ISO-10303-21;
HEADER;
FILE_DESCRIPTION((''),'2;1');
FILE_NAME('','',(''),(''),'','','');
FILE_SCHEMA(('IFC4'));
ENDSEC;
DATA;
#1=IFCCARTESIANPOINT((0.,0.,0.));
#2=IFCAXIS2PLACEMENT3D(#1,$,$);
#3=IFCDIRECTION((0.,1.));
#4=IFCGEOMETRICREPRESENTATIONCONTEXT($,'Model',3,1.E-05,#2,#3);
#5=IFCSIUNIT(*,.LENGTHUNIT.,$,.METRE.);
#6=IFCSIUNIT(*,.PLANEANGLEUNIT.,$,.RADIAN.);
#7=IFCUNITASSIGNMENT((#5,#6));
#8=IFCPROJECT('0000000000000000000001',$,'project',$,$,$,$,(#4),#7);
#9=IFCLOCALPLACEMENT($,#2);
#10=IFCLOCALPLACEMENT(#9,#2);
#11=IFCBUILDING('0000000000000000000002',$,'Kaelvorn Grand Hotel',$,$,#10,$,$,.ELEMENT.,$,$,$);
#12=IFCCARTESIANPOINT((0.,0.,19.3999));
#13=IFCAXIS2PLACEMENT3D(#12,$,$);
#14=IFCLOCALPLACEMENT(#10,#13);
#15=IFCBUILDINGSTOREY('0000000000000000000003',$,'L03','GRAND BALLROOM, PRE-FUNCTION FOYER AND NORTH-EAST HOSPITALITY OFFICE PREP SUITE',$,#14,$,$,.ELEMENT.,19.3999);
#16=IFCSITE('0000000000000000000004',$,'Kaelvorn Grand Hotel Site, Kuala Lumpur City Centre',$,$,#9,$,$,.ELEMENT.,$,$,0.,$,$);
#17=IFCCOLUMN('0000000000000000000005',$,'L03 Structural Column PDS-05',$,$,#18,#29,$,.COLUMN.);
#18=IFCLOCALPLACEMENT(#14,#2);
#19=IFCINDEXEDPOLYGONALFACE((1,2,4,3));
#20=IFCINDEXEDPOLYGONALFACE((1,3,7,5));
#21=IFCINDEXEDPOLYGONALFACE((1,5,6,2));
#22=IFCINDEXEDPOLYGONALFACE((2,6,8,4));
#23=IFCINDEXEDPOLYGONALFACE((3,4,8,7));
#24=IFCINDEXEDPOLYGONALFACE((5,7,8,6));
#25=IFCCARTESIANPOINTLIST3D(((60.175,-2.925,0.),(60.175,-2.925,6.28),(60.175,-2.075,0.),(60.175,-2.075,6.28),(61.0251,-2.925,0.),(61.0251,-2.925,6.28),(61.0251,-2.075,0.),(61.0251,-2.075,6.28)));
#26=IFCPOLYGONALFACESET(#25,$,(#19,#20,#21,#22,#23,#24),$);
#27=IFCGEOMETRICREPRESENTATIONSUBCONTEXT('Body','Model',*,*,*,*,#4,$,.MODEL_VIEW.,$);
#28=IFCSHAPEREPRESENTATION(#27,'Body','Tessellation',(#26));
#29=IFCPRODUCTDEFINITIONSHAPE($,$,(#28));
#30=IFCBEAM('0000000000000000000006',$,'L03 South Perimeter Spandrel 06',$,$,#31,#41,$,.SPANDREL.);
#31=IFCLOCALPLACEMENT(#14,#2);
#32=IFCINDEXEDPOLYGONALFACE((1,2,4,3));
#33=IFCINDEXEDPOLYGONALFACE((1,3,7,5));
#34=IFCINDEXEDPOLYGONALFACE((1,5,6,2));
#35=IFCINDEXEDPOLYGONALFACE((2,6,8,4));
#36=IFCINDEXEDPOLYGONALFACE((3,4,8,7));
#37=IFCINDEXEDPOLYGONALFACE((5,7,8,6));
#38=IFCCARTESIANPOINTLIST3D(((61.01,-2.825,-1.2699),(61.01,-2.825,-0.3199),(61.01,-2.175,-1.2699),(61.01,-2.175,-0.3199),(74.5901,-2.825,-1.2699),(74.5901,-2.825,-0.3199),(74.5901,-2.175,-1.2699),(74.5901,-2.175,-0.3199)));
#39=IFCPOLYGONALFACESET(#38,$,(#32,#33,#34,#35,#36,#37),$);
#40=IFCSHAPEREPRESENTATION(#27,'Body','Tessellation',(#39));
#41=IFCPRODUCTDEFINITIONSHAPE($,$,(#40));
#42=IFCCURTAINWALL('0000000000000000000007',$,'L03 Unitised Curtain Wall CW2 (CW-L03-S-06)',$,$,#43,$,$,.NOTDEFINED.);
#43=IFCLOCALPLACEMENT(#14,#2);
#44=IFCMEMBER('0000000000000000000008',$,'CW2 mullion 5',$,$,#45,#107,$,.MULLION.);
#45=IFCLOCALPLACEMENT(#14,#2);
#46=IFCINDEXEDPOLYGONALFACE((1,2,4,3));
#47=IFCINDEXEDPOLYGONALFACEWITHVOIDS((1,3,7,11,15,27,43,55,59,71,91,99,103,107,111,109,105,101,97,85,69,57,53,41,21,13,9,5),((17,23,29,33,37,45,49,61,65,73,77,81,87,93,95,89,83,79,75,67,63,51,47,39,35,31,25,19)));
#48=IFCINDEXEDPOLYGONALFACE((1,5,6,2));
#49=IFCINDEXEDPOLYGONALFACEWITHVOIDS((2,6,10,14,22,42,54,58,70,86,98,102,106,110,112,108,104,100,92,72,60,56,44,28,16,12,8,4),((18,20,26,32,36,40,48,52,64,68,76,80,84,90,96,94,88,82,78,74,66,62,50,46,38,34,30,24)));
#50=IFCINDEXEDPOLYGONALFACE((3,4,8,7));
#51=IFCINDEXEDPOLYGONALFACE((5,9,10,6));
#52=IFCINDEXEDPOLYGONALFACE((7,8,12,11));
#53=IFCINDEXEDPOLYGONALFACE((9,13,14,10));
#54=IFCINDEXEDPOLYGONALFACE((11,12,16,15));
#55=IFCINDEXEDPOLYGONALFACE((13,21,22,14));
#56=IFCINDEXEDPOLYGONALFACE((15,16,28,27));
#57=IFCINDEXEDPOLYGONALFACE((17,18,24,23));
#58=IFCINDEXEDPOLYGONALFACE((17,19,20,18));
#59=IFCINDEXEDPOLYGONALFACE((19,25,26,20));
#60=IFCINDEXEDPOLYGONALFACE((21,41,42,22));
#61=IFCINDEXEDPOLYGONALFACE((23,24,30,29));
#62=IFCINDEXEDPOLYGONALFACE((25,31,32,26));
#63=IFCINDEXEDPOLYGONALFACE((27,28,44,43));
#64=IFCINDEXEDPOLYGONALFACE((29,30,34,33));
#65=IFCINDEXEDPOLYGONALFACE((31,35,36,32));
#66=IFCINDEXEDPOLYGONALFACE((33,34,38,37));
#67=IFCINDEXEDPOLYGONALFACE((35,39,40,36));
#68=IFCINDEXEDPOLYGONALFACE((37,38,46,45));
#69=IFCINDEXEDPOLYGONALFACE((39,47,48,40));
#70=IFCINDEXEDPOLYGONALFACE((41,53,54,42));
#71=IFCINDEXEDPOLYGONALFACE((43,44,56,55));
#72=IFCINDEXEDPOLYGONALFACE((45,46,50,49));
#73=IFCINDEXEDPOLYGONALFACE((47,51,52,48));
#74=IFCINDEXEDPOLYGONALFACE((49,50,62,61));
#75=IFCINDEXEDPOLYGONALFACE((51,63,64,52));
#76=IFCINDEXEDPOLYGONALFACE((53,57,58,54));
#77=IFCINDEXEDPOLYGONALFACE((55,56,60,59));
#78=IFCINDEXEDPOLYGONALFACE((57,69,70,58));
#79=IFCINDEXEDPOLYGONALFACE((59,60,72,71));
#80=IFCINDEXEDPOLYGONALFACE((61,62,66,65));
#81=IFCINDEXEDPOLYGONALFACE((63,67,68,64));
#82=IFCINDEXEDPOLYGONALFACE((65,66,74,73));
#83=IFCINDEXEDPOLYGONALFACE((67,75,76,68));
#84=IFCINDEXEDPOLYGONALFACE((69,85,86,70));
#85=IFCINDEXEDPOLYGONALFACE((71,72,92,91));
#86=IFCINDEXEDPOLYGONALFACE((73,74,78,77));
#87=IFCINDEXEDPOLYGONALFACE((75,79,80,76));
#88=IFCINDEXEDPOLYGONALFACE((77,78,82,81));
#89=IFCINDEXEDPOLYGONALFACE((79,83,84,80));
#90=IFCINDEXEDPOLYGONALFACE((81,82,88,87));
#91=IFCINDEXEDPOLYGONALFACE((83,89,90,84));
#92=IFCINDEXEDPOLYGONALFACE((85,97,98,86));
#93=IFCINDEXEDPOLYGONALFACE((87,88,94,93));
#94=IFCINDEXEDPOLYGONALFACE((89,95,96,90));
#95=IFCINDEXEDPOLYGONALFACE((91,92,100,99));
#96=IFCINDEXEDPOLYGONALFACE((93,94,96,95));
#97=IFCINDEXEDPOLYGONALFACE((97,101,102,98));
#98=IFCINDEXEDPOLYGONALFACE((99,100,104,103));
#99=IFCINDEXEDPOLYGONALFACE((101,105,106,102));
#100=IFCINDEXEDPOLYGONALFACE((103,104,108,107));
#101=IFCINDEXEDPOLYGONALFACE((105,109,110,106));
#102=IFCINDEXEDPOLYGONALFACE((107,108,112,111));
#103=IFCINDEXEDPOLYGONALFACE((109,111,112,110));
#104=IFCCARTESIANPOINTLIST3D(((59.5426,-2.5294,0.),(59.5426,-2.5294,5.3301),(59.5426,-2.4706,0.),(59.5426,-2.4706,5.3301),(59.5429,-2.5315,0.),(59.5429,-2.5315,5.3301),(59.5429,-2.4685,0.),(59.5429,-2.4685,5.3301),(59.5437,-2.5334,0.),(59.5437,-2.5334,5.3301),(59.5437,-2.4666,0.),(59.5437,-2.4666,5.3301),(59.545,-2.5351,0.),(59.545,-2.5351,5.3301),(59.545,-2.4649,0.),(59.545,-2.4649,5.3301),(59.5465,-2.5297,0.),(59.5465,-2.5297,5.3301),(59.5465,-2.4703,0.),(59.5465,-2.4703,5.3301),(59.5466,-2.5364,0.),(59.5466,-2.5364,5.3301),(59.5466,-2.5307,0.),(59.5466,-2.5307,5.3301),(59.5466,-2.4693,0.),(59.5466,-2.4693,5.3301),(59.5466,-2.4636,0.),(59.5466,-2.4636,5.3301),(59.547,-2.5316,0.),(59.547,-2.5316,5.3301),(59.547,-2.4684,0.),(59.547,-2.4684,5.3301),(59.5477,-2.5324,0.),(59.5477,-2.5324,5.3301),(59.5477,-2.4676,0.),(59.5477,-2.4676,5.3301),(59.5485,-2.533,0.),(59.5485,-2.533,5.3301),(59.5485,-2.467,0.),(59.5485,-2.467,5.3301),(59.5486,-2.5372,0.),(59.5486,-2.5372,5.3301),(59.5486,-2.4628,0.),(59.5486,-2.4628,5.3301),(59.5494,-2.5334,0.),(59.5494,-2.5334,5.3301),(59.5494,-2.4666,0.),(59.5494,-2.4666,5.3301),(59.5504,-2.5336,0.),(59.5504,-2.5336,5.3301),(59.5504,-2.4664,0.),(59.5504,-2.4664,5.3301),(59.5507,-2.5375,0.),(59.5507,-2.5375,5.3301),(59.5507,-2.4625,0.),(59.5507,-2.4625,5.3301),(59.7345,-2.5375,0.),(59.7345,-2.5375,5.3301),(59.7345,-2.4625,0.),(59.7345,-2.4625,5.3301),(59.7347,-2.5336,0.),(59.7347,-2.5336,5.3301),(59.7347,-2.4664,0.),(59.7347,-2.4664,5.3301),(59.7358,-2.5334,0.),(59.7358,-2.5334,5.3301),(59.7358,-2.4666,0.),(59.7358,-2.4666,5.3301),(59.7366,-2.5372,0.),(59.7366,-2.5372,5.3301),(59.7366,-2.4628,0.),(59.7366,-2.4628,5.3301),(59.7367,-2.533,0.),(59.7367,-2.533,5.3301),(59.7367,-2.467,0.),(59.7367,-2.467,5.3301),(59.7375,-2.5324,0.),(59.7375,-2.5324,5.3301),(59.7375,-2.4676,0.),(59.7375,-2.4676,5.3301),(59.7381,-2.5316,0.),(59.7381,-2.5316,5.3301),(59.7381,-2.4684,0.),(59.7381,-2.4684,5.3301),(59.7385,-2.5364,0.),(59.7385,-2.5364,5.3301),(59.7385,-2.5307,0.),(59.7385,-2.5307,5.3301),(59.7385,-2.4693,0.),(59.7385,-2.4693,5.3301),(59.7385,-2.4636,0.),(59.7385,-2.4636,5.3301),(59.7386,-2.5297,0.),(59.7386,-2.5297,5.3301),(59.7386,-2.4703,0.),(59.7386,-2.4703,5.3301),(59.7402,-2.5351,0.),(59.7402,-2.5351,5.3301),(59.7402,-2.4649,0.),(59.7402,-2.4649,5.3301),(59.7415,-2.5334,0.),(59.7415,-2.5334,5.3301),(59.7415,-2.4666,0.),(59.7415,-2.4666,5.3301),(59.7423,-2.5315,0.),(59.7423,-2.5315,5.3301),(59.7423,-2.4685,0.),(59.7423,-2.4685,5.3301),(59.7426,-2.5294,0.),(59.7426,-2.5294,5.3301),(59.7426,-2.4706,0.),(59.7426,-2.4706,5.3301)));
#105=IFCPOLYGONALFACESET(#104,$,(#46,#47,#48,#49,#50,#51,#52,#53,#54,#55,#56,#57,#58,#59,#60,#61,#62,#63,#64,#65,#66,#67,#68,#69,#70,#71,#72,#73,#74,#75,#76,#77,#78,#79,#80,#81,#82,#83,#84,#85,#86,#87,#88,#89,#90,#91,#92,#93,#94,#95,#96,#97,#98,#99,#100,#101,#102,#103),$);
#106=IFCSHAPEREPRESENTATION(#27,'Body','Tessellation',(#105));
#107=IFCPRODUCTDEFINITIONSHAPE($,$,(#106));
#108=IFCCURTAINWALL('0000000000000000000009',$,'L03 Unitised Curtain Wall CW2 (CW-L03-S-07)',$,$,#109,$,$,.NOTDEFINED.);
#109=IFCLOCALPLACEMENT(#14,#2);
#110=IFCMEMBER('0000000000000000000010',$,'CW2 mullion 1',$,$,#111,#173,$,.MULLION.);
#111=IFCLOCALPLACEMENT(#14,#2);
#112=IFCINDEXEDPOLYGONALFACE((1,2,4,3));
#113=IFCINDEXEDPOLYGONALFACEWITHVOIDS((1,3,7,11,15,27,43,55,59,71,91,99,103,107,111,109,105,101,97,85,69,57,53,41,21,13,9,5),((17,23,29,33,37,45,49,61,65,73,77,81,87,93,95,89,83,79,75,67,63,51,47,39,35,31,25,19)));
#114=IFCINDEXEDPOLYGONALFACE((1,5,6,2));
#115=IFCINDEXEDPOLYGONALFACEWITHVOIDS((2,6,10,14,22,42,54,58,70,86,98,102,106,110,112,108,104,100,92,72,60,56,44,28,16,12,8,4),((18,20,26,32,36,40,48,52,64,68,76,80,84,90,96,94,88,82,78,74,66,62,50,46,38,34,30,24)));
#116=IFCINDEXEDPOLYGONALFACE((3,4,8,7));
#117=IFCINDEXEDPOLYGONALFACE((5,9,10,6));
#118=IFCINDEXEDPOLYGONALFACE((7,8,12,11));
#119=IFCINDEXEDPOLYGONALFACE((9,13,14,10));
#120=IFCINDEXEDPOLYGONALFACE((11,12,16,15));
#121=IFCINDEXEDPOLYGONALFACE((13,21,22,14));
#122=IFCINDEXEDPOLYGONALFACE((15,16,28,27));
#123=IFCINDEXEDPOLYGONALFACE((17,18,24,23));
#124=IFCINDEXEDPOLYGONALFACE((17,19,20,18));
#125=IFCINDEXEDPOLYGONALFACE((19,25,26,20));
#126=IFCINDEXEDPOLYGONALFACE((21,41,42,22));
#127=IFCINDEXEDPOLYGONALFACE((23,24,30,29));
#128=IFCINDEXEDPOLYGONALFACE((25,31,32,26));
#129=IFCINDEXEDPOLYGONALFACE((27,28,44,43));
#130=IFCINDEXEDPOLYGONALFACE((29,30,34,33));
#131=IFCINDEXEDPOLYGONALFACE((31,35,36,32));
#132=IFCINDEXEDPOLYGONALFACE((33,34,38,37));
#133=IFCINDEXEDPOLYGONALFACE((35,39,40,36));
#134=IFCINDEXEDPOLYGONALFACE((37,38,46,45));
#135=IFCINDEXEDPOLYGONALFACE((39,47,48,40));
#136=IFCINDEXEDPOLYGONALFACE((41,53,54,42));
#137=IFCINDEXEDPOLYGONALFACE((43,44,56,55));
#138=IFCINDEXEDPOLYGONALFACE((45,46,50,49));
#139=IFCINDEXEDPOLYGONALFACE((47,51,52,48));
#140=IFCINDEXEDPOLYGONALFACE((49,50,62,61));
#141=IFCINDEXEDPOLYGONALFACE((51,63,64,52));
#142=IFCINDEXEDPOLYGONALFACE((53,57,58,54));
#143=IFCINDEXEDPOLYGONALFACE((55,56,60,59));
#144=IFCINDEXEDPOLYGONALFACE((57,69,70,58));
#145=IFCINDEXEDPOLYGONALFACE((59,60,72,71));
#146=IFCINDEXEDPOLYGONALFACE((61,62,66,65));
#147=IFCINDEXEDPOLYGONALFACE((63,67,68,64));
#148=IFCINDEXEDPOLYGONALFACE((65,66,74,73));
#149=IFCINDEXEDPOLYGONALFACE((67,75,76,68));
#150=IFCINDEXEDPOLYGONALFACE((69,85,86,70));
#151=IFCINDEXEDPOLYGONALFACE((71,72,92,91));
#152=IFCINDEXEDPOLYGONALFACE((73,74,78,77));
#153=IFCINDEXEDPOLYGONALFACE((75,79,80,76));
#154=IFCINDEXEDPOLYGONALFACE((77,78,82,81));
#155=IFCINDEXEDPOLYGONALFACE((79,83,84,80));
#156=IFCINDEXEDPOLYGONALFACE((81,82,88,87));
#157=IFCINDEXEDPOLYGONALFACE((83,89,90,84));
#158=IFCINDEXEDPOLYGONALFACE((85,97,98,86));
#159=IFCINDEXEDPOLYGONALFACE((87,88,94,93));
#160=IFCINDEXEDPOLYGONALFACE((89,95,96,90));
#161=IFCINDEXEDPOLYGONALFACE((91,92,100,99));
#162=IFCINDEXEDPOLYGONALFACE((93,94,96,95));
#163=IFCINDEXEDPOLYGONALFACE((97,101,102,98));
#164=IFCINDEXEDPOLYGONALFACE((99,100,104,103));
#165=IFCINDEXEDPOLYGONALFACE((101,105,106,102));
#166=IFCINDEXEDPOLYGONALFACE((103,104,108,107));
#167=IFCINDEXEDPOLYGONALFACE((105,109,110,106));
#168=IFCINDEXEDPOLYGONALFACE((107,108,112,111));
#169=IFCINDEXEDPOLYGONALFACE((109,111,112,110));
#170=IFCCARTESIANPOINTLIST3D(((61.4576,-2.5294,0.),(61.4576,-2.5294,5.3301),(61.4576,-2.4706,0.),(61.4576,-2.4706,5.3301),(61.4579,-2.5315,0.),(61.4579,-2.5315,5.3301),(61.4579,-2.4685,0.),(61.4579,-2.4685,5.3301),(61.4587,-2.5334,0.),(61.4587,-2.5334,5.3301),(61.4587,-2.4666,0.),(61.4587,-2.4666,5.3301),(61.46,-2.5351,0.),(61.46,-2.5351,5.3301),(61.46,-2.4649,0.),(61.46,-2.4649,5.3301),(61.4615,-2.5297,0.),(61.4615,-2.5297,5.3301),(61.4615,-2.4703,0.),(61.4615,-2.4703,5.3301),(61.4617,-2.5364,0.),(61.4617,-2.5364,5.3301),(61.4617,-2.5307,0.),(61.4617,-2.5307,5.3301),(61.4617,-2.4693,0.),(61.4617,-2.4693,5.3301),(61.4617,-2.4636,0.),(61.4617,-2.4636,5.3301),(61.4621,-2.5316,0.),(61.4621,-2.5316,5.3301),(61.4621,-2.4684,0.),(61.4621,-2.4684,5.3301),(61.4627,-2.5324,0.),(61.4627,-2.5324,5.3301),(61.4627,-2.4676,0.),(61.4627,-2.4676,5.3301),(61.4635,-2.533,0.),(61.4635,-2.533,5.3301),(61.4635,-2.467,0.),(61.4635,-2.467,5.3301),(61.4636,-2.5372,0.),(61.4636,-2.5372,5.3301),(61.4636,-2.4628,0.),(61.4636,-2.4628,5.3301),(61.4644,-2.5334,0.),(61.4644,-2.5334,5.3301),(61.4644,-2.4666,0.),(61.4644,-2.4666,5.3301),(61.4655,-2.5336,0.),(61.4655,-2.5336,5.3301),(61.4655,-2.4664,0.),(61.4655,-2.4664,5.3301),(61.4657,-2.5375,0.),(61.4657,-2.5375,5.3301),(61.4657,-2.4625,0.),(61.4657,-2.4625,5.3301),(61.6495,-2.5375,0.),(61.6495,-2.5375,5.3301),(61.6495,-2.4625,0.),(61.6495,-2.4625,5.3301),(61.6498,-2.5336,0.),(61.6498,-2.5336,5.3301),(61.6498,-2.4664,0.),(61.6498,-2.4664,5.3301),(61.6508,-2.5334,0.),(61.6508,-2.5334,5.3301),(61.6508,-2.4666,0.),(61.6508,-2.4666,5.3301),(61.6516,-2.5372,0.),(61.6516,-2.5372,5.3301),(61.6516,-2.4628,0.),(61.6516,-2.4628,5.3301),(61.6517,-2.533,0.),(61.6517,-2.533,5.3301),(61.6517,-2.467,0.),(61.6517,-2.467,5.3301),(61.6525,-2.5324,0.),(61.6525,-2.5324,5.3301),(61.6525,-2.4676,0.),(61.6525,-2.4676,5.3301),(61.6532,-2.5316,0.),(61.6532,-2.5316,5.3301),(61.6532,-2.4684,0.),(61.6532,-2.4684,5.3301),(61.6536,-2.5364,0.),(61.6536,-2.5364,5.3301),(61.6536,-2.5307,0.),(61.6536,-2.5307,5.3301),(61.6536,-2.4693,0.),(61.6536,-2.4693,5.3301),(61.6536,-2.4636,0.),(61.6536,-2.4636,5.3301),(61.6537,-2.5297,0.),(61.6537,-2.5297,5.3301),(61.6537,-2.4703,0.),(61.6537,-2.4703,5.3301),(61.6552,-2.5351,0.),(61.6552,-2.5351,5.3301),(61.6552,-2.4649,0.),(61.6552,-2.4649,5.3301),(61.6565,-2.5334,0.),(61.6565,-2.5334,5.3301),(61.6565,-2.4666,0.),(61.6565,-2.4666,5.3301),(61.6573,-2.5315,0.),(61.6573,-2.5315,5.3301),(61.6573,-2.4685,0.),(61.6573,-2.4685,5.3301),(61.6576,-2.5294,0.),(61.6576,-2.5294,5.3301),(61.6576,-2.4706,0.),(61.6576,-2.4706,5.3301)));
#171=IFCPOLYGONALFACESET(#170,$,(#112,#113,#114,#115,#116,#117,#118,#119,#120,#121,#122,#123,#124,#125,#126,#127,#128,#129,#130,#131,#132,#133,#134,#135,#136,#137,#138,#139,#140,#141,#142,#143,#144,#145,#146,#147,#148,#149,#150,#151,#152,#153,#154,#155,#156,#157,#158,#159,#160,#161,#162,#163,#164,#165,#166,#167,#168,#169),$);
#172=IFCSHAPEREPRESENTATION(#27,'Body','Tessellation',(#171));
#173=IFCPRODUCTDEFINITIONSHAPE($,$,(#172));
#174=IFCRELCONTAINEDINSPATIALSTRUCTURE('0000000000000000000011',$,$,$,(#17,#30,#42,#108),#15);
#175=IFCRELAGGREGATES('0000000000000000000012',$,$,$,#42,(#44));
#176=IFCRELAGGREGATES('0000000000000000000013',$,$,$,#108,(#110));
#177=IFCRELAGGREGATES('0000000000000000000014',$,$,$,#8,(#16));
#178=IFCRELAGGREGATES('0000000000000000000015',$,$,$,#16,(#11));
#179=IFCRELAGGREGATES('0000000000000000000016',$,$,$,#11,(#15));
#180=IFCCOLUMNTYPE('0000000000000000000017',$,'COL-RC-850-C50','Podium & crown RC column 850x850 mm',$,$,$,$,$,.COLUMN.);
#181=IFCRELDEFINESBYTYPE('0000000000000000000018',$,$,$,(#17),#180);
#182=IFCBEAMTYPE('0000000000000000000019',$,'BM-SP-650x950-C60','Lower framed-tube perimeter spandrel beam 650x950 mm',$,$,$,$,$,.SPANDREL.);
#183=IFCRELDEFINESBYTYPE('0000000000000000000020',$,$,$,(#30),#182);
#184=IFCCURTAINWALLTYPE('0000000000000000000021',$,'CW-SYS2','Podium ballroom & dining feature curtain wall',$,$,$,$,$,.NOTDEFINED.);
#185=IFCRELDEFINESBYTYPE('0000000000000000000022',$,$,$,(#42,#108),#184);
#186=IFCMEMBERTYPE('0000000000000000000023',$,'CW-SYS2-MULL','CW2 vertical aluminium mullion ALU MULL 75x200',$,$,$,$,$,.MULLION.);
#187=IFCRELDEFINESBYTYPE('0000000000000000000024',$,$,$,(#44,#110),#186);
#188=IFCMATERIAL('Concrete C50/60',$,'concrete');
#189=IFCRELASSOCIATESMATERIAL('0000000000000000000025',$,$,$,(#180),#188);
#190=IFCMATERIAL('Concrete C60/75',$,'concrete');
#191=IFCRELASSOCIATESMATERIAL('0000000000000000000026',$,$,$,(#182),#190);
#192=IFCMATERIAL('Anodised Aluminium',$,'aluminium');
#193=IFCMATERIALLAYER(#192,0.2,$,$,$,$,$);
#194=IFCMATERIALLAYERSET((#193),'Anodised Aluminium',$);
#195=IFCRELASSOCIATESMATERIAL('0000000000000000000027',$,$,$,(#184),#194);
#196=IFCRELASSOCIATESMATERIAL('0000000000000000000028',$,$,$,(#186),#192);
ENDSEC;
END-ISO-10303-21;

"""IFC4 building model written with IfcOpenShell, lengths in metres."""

from ifc_helpers import new_model, si_unit, direction, frame, origin, origin_2d, place, context, subcontext, project, spatial, rectangle, hollow_rectangle, extrude, material, layer, layer_set, material_profile, profile_set, type_object, element, aggregate, save


model = new_model("IFC4")

# Units and contexts
model_context = context("Model", 3, precision=1e-05, world=origin(), true_north=direction((0.0, 1.0)))
body_context = subcontext(model_context, "Body", "Model", "MODEL_VIEW")
ifc_project = project(units=[si_unit("LENGTHUNIT", "METRE"), si_unit("PLANEANGLEUNIT", "RADIAN")], contexts=[model_context])

# Site, building, storey
site_placement = place(None, origin())
site = spatial("IfcSite", under=ifc_project, at=site_placement, Name="Kaelvorn Grand Hotel Site, Kuala Lumpur City Centre", CompositionType="ELEMENT", RefElevation=0.0)
building_placement = place(site_placement, origin())
building = spatial("IfcBuilding", under=site, at=building_placement, Name="Kaelvorn Grand Hotel", CompositionType="ELEMENT")
storey_placement = place(building_placement, frame((0.0, 0.0, 19.3999)))
storey = spatial("IfcBuildingStorey", under=building, at=storey_placement, Name="L03", Description="GRAND BALLROOM, PRE-FUNCTION FOYER AND NORTH-EAST HOSPITALITY OFFICE PREP SUITE", CompositionType="ELEMENT", Elevation=19.3999)

# Column
ifc_material_1 = material(Name="Concrete C50/60", Category="concrete")
ifc_material_profile_1 = material_profile(ifc_material_1, rectangle(XDim=0.8501, YDim=0.8501, at=origin_2d()), Name="RC COL 850x850")
ifc_profile_set_1 = profile_set([ifc_material_profile_1], Name="Concrete C50/60")
column_type = type_object("IfcColumnType", Name="COL-RC-850-C50", Description="Podium & crown RC column 850x850 mm", PredefinedType="COLUMN", material=ifc_profile_set_1)
column_placement = place(storey_placement, frame((60.6001, -2.5, 0.0), z_axis=(0.0, 0.0, 1.0), x_axis=(1.0, 0.0, 0.0)))
element("IfcColumn", 1, at=column_placement, inside=storey, type_object=column_type, Name="L03 Structural Column PDS-05", PredefinedType="COLUMN", context=body_context, shape_type="SweptSolid", body=[
    extrude(rectangle(XDim=0.8501, YDim=0.8501, at=origin_2d()), origin(), (0.0, 0.0, 1.0), 6.28),
])

# Beam
ifc_material_2 = material(Name="Concrete C60/75", Category="concrete")
ifc_material_profile_2 = material_profile(ifc_material_2, rectangle(XDim=0.6499, YDim=0.95, at=origin_2d()), Name="RC SPANDREL 650x950")
ifc_profile_set_2 = profile_set([ifc_material_profile_2], Name="Concrete C60/75")
beam_type = type_object("IfcBeamType", Name="BM-SP-650x950-C60", Description="Lower framed-tube perimeter spandrel beam 650x950 mm", PredefinedType="SPANDREL", material=ifc_profile_set_2)
beam_placement = place(storey_placement, frame((61.01, -2.5, -0.7949), z_axis=(1.0, 0.0, 0.0), x_axis=(0.0, 1.0, 0.0)))
element("IfcBeam", 2, at=beam_placement, inside=storey, type_object=beam_type, Name="L03 South Perimeter Spandrel 06", PredefinedType="SPANDREL", context=body_context, shape_type="SweptSolid", body=[
    extrude(rectangle(XDim=0.6499, YDim=0.95, at=origin_2d()), origin(), (0.0, 0.0, 1.0), 13.5801),
])

# Curtain wall, member
ifc_material_3 = material(Name="Anodised Aluminium", Category="aluminium")
ifc_layer_1 = layer(ifc_material_3, 0.2)
ifc_layer_set_1 = layer_set([ifc_layer_1], Name="Anodised Aluminium")
curtain_wall_type = type_object("IfcCurtainWallType", Name="CW-SYS2", Description="Podium ballroom & dining feature curtain wall", PredefinedType="NOTDEFINED", material=ifc_layer_set_1)
curtain_wall_1_placement = place(storey_placement, origin())
curtain_wall_1 = element("IfcCurtainWall", 3, at=curtain_wall_1_placement, inside=storey, type_object=curtain_wall_type, Name="L03 Unitised Curtain Wall CW2 (CW-L03-S-06)", PredefinedType="NOTDEFINED")
ifc_material_profile_3 = material_profile(ifc_material_3, hollow_rectangle(XDim=0.075, YDim=0.2, WallThickness=0.0039, InnerFilletRadius=0.0039, OuterFilletRadius=0.0081, at=origin_2d()), Name="ALU MULL 75x200")
ifc_profile_set_3 = profile_set([ifc_material_profile_3], Name="Anodised Aluminium")
member_type_1 = type_object("IfcMemberType", Name="CW-SYS2-MULL", Description="CW2 vertical aluminium mullion ALU MULL 75x200", PredefinedType="MULLION", material=ifc_profile_set_3)
member_1_placement = place(storey_placement, frame((59.6426, -2.5, 0.0), z_axis=(0.0, 0.0, 1.0), x_axis=(0.0, 1.0, 0.0)))
member_1 = element("IfcMember", 4, at=member_1_placement, type_object=member_type_1, Name="CW2 mullion 5", PredefinedType="MULLION", context=body_context, shape_type="SweptSolid", body=[
    extrude(hollow_rectangle(XDim=0.075, YDim=0.2, WallThickness=0.0039, InnerFilletRadius=0.0039, OuterFilletRadius=0.0081, at=origin_2d()), origin(), (0.0, 0.0, 1.0), 5.3301),
])

# Curtain wall, member
curtain_wall_2_placement = place(storey_placement, origin())
curtain_wall_2 = element("IfcCurtainWall", 5, at=curtain_wall_2_placement, inside=storey, type_object=curtain_wall_type, Name="L03 Unitised Curtain Wall CW2 (CW-L03-S-07)", PredefinedType="NOTDEFINED")
member_2_placement = place(storey_placement, frame((61.5576, -2.5, 0.0), z_axis=(0.0, 0.0, 1.0), x_axis=(0.0, 1.0, 0.0)))
member_2 = element("IfcMember", 6, at=member_2_placement, type_object=member_type_1, Name="CW2 mullion 1", PredefinedType="MULLION", context=body_context, shape_type="SweptSolid", body=[
    extrude(hollow_rectangle(XDim=0.075, YDim=0.2, WallThickness=0.0039, InnerFilletRadius=0.0039, OuterFilletRadius=0.0081, at=origin_2d()), origin(), (0.0, 0.0, 1.0), 5.3301),
])

aggregate(curtain_wall_1, [member_1])
aggregate(curtain_wall_2, [member_2])

save(model, "model.ifc")
